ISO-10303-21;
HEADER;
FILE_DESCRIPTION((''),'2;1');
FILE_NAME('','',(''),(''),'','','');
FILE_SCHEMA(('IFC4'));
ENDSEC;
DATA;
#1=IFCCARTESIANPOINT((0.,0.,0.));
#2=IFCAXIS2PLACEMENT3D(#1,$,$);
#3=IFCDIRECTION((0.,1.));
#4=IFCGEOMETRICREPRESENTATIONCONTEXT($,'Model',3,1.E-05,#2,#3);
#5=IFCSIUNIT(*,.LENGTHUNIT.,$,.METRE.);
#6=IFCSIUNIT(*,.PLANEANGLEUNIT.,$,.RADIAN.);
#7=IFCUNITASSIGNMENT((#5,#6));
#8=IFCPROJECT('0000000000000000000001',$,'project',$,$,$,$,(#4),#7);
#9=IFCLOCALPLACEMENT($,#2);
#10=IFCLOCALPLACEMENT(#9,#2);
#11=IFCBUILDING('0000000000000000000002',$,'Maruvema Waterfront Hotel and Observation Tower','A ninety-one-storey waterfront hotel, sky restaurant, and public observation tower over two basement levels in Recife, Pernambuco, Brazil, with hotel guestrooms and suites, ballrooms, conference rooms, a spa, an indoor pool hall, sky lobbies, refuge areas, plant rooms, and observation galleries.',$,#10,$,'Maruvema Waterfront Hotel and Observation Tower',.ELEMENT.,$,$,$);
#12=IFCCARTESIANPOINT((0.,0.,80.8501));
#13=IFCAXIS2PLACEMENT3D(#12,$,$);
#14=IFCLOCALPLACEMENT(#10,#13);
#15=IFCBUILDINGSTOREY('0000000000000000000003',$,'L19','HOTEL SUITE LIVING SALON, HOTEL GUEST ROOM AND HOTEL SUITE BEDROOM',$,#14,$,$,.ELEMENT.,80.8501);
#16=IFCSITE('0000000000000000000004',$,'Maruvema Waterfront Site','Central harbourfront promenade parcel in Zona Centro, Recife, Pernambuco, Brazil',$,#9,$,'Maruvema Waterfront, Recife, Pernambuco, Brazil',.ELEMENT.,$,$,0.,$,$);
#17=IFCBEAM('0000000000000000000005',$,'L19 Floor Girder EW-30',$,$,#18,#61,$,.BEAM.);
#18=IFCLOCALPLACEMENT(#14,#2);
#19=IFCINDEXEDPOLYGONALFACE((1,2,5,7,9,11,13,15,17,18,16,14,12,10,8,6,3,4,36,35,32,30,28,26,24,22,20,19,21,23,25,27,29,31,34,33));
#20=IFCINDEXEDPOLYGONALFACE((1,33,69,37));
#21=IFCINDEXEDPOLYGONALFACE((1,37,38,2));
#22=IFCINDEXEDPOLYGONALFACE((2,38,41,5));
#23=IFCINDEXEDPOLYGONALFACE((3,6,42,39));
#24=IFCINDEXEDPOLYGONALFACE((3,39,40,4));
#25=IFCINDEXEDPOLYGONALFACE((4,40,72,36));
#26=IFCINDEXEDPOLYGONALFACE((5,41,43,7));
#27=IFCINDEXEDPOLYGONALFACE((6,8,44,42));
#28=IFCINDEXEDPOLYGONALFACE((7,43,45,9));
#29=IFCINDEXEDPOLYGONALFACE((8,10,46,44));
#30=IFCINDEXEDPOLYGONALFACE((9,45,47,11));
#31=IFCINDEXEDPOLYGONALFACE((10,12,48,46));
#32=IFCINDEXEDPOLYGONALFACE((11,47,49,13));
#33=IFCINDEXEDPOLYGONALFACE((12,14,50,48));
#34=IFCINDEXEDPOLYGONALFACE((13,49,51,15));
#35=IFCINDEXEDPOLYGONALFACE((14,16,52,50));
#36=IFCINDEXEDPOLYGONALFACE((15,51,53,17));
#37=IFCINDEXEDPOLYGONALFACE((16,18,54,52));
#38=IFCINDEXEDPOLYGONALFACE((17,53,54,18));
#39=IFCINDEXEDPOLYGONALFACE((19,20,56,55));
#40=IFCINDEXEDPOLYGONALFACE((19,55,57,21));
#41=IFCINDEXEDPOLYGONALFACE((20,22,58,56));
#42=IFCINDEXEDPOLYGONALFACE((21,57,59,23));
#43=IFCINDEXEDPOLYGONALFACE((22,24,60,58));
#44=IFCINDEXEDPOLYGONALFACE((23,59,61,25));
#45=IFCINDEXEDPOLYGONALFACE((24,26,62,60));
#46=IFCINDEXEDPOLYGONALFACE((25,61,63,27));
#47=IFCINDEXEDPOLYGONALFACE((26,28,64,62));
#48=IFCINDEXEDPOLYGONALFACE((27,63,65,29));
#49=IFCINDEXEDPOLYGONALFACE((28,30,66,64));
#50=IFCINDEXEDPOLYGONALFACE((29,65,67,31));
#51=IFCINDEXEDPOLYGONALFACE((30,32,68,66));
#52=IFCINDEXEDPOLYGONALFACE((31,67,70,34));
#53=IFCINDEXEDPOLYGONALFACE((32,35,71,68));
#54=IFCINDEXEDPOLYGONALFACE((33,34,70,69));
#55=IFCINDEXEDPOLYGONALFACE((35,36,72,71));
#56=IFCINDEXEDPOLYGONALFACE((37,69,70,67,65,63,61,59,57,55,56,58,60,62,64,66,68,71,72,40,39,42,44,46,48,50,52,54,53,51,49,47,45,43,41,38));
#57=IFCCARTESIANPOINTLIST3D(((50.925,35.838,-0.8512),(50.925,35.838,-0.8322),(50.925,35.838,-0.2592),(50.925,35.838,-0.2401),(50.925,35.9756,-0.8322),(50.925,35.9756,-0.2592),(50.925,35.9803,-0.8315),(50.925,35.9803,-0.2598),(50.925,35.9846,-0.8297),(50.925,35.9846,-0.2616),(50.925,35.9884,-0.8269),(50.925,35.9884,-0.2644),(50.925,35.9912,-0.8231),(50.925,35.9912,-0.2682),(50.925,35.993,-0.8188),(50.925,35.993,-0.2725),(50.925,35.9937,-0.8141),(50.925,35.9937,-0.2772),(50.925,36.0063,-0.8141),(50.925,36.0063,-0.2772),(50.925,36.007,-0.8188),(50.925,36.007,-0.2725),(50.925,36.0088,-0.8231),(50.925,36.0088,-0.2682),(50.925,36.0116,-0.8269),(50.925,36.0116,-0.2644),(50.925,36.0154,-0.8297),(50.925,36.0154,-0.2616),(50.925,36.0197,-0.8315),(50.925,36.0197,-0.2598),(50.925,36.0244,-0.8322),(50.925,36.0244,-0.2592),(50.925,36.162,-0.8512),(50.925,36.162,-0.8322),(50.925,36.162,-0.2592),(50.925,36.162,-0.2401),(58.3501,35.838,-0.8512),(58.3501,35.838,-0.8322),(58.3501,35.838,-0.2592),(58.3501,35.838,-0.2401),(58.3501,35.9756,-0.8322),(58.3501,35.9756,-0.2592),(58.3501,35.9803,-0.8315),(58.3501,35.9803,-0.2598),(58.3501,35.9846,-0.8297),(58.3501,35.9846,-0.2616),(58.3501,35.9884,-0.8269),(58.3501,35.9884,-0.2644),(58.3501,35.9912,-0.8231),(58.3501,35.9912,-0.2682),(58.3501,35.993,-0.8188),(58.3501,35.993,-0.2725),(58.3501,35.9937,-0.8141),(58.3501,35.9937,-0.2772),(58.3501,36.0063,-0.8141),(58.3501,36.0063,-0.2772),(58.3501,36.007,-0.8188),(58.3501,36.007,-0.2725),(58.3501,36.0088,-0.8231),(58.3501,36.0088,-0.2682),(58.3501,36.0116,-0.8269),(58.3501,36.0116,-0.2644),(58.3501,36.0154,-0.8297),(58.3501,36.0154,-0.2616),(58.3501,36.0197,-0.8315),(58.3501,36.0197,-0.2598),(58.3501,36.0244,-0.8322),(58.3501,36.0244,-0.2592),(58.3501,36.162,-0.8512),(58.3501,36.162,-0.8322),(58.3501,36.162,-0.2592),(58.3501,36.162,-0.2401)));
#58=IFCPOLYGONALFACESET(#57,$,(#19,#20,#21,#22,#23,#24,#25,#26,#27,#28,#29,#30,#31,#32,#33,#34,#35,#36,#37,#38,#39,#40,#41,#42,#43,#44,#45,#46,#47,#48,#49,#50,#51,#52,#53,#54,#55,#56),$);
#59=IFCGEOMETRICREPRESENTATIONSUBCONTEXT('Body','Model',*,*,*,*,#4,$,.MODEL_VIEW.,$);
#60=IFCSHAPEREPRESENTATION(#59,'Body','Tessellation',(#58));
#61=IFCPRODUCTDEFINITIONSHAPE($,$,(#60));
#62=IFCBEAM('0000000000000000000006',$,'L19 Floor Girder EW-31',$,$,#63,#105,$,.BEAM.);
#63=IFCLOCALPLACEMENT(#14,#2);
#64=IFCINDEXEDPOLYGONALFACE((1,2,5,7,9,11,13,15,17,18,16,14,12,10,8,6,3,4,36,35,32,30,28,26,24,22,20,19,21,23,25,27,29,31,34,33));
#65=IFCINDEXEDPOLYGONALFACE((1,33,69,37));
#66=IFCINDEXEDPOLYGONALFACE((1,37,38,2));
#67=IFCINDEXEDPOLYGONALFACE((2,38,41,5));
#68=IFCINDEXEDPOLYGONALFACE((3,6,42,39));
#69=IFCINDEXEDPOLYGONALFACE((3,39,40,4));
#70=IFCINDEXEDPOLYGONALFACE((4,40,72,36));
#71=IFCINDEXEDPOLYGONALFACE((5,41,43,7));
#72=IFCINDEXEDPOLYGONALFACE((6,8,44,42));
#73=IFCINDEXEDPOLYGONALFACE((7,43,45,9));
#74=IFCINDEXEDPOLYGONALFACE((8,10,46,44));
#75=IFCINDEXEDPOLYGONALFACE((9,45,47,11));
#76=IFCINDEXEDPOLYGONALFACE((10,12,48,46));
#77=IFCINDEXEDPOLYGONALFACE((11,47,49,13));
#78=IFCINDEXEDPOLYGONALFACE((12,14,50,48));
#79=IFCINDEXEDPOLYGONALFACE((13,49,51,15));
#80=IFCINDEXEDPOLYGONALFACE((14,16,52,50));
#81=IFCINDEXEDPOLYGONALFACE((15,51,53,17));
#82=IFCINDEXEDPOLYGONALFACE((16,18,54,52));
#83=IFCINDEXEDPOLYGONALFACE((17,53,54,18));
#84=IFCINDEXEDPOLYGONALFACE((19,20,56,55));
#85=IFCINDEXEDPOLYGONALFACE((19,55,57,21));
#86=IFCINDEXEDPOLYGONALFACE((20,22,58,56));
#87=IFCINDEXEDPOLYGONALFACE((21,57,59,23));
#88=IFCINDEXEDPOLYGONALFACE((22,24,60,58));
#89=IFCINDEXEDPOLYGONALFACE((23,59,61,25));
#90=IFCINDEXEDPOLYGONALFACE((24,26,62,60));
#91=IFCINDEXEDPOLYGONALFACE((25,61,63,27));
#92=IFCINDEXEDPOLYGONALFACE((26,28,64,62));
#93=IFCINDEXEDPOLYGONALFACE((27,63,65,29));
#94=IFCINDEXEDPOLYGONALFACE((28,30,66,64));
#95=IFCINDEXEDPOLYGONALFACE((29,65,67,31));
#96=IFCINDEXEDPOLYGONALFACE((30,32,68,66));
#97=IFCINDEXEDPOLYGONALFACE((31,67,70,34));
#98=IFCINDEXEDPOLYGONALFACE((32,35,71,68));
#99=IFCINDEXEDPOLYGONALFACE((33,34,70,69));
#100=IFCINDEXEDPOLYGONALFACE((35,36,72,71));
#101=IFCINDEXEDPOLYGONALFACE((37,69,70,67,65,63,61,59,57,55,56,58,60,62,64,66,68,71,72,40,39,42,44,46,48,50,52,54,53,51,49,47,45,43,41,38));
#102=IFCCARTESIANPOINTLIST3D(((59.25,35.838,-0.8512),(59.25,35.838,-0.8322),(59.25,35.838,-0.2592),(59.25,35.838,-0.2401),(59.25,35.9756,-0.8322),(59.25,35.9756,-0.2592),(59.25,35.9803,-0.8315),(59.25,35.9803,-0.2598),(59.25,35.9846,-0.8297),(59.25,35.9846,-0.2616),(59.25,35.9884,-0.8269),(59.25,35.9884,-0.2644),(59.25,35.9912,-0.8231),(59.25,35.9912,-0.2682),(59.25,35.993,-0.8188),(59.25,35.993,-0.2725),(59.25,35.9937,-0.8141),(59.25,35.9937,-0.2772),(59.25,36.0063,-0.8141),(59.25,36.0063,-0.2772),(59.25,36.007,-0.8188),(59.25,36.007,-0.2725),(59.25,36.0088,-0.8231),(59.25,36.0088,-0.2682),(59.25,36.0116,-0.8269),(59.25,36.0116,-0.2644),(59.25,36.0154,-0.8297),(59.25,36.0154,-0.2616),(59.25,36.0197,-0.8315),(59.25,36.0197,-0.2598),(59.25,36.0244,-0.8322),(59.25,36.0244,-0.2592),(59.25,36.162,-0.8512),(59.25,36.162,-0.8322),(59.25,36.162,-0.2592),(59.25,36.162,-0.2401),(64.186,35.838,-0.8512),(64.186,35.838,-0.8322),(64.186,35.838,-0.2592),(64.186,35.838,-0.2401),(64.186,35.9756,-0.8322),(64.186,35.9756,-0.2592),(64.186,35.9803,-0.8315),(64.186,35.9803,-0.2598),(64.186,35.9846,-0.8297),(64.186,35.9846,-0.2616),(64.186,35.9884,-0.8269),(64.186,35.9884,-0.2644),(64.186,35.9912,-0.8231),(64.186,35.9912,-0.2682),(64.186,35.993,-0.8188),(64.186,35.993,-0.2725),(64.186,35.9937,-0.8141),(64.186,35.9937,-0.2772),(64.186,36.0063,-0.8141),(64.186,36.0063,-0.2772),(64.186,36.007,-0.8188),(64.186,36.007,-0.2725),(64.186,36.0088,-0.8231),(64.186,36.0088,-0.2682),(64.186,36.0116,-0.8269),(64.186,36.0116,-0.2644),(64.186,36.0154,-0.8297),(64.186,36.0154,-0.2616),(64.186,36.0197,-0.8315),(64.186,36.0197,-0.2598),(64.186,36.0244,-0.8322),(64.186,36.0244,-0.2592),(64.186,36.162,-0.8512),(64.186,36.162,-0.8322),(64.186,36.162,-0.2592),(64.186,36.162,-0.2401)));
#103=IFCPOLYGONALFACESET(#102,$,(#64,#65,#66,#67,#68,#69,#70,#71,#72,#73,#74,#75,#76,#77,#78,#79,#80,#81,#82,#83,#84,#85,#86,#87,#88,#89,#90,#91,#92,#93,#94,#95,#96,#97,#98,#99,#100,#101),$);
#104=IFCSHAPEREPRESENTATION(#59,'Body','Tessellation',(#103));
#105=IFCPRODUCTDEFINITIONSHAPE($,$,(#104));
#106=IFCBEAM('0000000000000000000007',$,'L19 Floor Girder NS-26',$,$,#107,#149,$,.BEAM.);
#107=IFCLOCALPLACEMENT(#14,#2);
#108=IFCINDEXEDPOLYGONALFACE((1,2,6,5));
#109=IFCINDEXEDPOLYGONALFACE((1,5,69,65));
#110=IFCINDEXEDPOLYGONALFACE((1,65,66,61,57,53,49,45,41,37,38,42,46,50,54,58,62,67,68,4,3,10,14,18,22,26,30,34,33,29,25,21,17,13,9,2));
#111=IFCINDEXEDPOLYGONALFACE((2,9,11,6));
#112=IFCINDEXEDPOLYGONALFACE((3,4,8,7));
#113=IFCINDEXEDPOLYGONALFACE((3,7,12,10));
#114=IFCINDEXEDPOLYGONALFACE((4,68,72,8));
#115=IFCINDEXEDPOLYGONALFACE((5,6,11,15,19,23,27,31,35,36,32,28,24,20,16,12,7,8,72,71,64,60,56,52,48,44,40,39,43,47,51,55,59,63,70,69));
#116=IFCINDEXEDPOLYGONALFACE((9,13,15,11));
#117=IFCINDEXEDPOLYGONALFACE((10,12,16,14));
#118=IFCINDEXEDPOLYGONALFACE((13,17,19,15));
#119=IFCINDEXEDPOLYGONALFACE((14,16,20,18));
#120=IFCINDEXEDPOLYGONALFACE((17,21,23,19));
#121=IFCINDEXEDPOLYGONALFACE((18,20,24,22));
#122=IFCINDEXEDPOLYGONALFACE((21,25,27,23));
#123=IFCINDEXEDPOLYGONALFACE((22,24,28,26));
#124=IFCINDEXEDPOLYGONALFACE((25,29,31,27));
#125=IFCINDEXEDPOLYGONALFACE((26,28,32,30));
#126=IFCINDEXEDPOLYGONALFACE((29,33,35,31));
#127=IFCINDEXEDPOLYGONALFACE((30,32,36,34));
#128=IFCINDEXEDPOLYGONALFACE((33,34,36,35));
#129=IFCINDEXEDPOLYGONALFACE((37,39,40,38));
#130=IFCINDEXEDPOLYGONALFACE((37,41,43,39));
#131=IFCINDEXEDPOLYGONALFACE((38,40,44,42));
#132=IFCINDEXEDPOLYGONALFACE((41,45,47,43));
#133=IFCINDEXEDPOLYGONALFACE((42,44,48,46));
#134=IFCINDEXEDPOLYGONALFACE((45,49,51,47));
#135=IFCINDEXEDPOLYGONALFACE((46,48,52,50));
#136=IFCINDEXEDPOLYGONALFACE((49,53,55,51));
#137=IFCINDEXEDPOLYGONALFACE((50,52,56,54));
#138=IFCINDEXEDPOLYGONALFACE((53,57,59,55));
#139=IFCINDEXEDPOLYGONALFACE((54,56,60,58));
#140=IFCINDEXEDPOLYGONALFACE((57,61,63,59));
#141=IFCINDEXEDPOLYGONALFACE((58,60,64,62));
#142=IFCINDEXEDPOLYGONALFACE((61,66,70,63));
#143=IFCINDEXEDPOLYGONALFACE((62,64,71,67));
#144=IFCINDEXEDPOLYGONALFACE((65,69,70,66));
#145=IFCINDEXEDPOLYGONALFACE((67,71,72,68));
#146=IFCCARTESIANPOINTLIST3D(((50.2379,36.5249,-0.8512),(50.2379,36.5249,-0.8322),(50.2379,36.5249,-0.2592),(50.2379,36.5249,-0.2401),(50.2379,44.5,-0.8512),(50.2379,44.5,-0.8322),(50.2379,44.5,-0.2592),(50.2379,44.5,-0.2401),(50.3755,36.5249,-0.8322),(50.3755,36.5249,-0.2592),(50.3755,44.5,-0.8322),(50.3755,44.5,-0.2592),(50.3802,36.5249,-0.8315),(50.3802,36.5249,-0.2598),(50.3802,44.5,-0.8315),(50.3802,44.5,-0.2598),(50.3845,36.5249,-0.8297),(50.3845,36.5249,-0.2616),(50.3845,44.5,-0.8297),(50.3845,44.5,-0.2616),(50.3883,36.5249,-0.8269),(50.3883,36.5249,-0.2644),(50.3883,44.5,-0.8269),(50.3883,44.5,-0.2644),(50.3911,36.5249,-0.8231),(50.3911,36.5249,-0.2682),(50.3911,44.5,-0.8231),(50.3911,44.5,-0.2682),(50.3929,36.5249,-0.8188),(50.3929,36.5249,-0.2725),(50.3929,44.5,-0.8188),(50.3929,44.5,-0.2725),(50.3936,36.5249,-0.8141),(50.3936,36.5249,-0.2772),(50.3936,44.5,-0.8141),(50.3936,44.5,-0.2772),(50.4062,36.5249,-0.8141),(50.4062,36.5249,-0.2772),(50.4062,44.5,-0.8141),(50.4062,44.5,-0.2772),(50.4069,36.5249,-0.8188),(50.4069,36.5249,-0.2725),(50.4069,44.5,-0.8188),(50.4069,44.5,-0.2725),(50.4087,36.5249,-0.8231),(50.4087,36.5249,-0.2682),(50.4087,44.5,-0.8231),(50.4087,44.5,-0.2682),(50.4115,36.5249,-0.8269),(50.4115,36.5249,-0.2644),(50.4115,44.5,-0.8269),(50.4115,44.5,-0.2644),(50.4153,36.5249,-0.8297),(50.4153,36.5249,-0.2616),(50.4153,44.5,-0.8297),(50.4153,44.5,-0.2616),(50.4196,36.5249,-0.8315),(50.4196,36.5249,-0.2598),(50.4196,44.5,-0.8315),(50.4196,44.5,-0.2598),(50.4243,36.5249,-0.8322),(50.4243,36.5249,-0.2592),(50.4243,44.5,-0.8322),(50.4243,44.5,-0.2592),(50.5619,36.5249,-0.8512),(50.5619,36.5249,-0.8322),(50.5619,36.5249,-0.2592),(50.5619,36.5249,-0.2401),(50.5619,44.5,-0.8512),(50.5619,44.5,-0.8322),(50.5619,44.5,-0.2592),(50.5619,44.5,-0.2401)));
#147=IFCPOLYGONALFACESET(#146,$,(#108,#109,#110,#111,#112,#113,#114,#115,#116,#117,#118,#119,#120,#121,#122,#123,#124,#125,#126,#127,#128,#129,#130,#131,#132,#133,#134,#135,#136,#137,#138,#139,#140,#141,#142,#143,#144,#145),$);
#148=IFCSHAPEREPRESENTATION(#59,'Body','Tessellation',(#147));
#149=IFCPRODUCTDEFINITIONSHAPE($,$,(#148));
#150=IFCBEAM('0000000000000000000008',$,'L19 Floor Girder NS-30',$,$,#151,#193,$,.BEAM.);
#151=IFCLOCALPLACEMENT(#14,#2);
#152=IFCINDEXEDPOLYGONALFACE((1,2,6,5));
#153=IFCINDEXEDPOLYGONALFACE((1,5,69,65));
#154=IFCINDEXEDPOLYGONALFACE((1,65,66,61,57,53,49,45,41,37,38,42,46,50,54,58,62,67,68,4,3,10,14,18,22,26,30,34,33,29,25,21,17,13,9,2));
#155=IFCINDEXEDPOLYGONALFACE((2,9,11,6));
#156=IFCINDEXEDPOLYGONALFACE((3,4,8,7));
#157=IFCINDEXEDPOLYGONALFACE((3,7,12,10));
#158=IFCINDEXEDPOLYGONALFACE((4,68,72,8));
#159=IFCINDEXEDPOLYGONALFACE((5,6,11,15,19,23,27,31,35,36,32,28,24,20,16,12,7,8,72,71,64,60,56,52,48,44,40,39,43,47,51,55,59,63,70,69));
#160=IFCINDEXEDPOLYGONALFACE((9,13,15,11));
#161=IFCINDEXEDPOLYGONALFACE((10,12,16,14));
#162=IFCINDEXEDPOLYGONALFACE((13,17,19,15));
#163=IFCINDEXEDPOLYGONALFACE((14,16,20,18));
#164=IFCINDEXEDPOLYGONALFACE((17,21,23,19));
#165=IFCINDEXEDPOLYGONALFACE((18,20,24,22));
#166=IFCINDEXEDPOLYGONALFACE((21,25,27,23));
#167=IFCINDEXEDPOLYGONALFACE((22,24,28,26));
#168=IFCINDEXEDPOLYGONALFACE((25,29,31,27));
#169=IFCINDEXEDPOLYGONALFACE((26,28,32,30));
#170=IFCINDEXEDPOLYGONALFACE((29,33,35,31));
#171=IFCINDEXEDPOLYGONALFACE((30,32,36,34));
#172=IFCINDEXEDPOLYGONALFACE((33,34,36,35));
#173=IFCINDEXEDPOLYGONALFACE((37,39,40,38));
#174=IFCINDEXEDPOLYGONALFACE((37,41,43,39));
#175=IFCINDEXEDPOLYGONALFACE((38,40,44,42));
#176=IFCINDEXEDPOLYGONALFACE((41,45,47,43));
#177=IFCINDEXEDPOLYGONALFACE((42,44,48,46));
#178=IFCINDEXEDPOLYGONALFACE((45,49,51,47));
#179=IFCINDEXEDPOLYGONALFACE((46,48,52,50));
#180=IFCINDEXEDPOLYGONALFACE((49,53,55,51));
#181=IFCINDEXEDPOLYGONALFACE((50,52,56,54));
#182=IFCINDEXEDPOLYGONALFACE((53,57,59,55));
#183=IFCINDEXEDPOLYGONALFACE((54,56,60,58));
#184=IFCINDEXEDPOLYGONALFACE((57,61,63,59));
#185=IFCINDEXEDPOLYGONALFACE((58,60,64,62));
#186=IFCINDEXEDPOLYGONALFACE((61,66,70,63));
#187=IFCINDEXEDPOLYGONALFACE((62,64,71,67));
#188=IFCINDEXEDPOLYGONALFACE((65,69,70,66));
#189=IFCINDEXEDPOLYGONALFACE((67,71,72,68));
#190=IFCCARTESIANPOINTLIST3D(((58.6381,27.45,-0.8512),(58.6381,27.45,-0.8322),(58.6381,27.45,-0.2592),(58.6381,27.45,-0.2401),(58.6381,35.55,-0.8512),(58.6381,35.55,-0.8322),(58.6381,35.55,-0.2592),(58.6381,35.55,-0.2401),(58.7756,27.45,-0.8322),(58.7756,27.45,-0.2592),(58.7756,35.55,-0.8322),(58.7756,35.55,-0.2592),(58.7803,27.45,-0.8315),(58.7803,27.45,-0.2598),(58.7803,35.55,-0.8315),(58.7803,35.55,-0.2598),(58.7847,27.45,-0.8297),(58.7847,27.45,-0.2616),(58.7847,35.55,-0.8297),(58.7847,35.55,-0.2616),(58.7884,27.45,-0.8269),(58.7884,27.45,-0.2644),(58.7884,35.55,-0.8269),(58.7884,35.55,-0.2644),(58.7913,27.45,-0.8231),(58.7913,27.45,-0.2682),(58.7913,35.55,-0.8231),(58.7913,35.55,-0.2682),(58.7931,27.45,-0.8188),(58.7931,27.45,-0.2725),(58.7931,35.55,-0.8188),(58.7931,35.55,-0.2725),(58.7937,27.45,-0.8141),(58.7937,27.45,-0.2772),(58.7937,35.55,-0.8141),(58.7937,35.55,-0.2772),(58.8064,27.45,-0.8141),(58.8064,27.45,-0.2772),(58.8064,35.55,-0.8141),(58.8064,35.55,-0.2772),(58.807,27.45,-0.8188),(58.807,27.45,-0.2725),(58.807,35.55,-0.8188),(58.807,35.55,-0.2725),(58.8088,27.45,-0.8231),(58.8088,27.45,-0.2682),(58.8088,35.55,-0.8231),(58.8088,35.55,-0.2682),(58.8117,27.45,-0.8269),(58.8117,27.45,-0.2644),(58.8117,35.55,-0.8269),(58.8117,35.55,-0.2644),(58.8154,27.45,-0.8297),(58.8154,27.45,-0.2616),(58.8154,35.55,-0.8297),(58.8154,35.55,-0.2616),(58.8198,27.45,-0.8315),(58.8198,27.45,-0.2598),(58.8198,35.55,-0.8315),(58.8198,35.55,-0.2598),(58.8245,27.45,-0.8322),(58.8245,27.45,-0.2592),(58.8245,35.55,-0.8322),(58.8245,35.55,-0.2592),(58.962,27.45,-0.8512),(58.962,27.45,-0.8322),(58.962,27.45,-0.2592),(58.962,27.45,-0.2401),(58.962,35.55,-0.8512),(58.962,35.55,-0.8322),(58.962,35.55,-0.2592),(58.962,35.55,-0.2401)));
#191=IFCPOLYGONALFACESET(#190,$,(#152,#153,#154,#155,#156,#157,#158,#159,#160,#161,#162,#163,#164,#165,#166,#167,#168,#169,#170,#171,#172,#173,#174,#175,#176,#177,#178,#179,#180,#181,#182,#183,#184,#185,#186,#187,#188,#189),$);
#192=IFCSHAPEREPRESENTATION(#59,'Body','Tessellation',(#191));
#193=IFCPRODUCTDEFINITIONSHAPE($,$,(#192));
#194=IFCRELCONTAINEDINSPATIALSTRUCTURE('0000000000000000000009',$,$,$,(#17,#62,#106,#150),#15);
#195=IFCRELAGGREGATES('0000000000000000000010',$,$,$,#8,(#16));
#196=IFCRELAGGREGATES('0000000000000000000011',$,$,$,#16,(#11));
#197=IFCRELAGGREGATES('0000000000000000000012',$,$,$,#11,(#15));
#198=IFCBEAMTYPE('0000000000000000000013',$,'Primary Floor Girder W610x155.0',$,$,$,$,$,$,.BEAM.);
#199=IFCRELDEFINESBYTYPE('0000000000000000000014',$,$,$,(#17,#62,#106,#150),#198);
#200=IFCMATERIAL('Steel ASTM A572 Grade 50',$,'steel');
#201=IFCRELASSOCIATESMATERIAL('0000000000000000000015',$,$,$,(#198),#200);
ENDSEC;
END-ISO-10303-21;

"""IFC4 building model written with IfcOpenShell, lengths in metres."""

from ifc_helpers import new_model, si_unit, direction, frame, origin, origin_2d, place, context, subcontext, project, spatial, i_section, extrude, material, material_profile, profile_set, type_object, element, save


model = new_model("IFC4")

# Units and contexts
model_context = context("Model", 3, precision=1e-05, world=origin(), true_north=direction((0.0, 1.0)))
body_context = subcontext(model_context, "Body", "Model", "MODEL_VIEW")
ifc_project = project(units=[si_unit("LENGTHUNIT", "METRE"), si_unit("PLANEANGLEUNIT", "RADIAN")], contexts=[model_context])

# Site, building, storey
site_placement = place(None, origin())
site = spatial("IfcSite", under=ifc_project, at=site_placement, Name="Maruvema Waterfront Site", Description="Central harbourfront promenade parcel in Zona Centro, Recife, Pernambuco, Brazil", LongName="Maruvema Waterfront, Recife, Pernambuco, Brazil", CompositionType="ELEMENT", RefElevation=0.0)
building_placement = place(site_placement, origin())
building = spatial("IfcBuilding", under=site, at=building_placement, Name="Maruvema Waterfront Hotel and Observation Tower", Description="A ninety-one-storey waterfront hotel, sky restaurant, and public observation tower over two basement levels in Recife, Pernambuco, Brazil, with hotel guestrooms and suites, ballrooms, conference rooms, a spa, an indoor pool hall, sky lobbies, refuge areas, plant rooms, and observation galleries.", LongName="Maruvema Waterfront Hotel and Observation Tower", CompositionType="ELEMENT")
storey_placement = place(building_placement, frame((0.0, 0.0, 80.8501)))
storey = spatial("IfcBuildingStorey", under=building, at=storey_placement, Name="L19", Description="HOTEL SUITE LIVING SALON, HOTEL GUEST ROOM AND HOTEL SUITE BEDROOM", CompositionType="ELEMENT", Elevation=80.8501)

# Beams
ifc_material_1 = material(Name="Steel ASTM A572 Grade 50", Category="steel")
ifc_material_profile_1 = material_profile(ifc_material_1, i_section(OverallWidth=0.324, OverallDepth=0.6111, WebThickness=0.0127, FlangeThickness=0.019, FilletRadius=0.0181, at=origin_2d()), Name="W610x155.0")
ifc_profile_set_1 = profile_set([ifc_material_profile_1], Name="Steel ASTM A572 Grade 50")
beam_type_1 = type_object("IfcBeamType", Name="Primary Floor Girder W610x155.0", PredefinedType="BEAM", material=ifc_profile_set_1)
beam_1_placement = place(storey_placement, frame((50.925, 36.0, -0.5457), z_axis=(1.0, 0.0, 0.0), x_axis=(0.0, 1.0, 0.0)))
element("IfcBeam", 1, at=beam_1_placement, inside=storey, type_object=beam_type_1, Name="L19 Floor Girder EW-30", PredefinedType="BEAM", context=body_context, shape_type="SweptSolid", body=[
    extrude(i_section(OverallWidth=0.324, OverallDepth=0.6111, WebThickness=0.0127, FlangeThickness=0.019, FilletRadius=0.0181, at=origin_2d()), origin(), (0.0, 0.0, 1.0), 7.425),
])
beam_2_placement = place(storey_placement, frame((59.25, 36.0, -0.5457), z_axis=(1.0, 0.0, 0.0), x_axis=(0.0, 1.0, 0.0)))
element("IfcBeam", 2, at=beam_2_placement, inside=storey, type_object=beam_type_1, Name="L19 Floor Girder EW-31", PredefinedType="BEAM", context=body_context, shape_type="SweptSolid", body=[
    extrude(i_section(OverallWidth=0.324, OverallDepth=0.6111, WebThickness=0.0127, FlangeThickness=0.019, FilletRadius=0.0181, at=origin_2d()), origin(), (0.0, 0.0, 1.0), 4.936),
])
beam_3_placement = place(storey_placement, frame((50.3999, 36.5249, -0.5457), z_axis=(0.0, 1.0, 0.0), x_axis=(-1.0, 0.0, 0.0)))
element("IfcBeam", 3, at=beam_3_placement, inside=storey, type_object=beam_type_1, Name="L19 Floor Girder NS-26", PredefinedType="BEAM", context=body_context, shape_type="SweptSolid", body=[
    extrude(i_section(OverallWidth=0.324, OverallDepth=0.6111, WebThickness=0.0127, FlangeThickness=0.019, FilletRadius=0.0181, at=origin_2d()), origin(), (0.0, 0.0, 1.0), 7.9751),
])
for number, where, z_axis, x_axis, name in (
    (4, (58.8, 27.45, -0.5457), (0.0, 1.0, 0.0), (-1.0, 0.0, 0.0), "L19 Floor Girder NS-30"),
):
    element("IfcBeam", number, at=place(storey_placement, frame(where, z_axis=z_axis, x_axis=x_axis)), inside=storey, type_object=beam_type_1, Name=name, PredefinedType="BEAM", context=body_context, shape_type="SweptSolid", body=[
        extrude(i_section(OverallWidth=0.324, OverallDepth=0.6111, WebThickness=0.0127, FlangeThickness=0.019, FilletRadius=0.0181, at=origin_2d()), origin(), (0.0, 0.0, 1.0), 8.1001),
    ])

save(model, "model.ifc")
